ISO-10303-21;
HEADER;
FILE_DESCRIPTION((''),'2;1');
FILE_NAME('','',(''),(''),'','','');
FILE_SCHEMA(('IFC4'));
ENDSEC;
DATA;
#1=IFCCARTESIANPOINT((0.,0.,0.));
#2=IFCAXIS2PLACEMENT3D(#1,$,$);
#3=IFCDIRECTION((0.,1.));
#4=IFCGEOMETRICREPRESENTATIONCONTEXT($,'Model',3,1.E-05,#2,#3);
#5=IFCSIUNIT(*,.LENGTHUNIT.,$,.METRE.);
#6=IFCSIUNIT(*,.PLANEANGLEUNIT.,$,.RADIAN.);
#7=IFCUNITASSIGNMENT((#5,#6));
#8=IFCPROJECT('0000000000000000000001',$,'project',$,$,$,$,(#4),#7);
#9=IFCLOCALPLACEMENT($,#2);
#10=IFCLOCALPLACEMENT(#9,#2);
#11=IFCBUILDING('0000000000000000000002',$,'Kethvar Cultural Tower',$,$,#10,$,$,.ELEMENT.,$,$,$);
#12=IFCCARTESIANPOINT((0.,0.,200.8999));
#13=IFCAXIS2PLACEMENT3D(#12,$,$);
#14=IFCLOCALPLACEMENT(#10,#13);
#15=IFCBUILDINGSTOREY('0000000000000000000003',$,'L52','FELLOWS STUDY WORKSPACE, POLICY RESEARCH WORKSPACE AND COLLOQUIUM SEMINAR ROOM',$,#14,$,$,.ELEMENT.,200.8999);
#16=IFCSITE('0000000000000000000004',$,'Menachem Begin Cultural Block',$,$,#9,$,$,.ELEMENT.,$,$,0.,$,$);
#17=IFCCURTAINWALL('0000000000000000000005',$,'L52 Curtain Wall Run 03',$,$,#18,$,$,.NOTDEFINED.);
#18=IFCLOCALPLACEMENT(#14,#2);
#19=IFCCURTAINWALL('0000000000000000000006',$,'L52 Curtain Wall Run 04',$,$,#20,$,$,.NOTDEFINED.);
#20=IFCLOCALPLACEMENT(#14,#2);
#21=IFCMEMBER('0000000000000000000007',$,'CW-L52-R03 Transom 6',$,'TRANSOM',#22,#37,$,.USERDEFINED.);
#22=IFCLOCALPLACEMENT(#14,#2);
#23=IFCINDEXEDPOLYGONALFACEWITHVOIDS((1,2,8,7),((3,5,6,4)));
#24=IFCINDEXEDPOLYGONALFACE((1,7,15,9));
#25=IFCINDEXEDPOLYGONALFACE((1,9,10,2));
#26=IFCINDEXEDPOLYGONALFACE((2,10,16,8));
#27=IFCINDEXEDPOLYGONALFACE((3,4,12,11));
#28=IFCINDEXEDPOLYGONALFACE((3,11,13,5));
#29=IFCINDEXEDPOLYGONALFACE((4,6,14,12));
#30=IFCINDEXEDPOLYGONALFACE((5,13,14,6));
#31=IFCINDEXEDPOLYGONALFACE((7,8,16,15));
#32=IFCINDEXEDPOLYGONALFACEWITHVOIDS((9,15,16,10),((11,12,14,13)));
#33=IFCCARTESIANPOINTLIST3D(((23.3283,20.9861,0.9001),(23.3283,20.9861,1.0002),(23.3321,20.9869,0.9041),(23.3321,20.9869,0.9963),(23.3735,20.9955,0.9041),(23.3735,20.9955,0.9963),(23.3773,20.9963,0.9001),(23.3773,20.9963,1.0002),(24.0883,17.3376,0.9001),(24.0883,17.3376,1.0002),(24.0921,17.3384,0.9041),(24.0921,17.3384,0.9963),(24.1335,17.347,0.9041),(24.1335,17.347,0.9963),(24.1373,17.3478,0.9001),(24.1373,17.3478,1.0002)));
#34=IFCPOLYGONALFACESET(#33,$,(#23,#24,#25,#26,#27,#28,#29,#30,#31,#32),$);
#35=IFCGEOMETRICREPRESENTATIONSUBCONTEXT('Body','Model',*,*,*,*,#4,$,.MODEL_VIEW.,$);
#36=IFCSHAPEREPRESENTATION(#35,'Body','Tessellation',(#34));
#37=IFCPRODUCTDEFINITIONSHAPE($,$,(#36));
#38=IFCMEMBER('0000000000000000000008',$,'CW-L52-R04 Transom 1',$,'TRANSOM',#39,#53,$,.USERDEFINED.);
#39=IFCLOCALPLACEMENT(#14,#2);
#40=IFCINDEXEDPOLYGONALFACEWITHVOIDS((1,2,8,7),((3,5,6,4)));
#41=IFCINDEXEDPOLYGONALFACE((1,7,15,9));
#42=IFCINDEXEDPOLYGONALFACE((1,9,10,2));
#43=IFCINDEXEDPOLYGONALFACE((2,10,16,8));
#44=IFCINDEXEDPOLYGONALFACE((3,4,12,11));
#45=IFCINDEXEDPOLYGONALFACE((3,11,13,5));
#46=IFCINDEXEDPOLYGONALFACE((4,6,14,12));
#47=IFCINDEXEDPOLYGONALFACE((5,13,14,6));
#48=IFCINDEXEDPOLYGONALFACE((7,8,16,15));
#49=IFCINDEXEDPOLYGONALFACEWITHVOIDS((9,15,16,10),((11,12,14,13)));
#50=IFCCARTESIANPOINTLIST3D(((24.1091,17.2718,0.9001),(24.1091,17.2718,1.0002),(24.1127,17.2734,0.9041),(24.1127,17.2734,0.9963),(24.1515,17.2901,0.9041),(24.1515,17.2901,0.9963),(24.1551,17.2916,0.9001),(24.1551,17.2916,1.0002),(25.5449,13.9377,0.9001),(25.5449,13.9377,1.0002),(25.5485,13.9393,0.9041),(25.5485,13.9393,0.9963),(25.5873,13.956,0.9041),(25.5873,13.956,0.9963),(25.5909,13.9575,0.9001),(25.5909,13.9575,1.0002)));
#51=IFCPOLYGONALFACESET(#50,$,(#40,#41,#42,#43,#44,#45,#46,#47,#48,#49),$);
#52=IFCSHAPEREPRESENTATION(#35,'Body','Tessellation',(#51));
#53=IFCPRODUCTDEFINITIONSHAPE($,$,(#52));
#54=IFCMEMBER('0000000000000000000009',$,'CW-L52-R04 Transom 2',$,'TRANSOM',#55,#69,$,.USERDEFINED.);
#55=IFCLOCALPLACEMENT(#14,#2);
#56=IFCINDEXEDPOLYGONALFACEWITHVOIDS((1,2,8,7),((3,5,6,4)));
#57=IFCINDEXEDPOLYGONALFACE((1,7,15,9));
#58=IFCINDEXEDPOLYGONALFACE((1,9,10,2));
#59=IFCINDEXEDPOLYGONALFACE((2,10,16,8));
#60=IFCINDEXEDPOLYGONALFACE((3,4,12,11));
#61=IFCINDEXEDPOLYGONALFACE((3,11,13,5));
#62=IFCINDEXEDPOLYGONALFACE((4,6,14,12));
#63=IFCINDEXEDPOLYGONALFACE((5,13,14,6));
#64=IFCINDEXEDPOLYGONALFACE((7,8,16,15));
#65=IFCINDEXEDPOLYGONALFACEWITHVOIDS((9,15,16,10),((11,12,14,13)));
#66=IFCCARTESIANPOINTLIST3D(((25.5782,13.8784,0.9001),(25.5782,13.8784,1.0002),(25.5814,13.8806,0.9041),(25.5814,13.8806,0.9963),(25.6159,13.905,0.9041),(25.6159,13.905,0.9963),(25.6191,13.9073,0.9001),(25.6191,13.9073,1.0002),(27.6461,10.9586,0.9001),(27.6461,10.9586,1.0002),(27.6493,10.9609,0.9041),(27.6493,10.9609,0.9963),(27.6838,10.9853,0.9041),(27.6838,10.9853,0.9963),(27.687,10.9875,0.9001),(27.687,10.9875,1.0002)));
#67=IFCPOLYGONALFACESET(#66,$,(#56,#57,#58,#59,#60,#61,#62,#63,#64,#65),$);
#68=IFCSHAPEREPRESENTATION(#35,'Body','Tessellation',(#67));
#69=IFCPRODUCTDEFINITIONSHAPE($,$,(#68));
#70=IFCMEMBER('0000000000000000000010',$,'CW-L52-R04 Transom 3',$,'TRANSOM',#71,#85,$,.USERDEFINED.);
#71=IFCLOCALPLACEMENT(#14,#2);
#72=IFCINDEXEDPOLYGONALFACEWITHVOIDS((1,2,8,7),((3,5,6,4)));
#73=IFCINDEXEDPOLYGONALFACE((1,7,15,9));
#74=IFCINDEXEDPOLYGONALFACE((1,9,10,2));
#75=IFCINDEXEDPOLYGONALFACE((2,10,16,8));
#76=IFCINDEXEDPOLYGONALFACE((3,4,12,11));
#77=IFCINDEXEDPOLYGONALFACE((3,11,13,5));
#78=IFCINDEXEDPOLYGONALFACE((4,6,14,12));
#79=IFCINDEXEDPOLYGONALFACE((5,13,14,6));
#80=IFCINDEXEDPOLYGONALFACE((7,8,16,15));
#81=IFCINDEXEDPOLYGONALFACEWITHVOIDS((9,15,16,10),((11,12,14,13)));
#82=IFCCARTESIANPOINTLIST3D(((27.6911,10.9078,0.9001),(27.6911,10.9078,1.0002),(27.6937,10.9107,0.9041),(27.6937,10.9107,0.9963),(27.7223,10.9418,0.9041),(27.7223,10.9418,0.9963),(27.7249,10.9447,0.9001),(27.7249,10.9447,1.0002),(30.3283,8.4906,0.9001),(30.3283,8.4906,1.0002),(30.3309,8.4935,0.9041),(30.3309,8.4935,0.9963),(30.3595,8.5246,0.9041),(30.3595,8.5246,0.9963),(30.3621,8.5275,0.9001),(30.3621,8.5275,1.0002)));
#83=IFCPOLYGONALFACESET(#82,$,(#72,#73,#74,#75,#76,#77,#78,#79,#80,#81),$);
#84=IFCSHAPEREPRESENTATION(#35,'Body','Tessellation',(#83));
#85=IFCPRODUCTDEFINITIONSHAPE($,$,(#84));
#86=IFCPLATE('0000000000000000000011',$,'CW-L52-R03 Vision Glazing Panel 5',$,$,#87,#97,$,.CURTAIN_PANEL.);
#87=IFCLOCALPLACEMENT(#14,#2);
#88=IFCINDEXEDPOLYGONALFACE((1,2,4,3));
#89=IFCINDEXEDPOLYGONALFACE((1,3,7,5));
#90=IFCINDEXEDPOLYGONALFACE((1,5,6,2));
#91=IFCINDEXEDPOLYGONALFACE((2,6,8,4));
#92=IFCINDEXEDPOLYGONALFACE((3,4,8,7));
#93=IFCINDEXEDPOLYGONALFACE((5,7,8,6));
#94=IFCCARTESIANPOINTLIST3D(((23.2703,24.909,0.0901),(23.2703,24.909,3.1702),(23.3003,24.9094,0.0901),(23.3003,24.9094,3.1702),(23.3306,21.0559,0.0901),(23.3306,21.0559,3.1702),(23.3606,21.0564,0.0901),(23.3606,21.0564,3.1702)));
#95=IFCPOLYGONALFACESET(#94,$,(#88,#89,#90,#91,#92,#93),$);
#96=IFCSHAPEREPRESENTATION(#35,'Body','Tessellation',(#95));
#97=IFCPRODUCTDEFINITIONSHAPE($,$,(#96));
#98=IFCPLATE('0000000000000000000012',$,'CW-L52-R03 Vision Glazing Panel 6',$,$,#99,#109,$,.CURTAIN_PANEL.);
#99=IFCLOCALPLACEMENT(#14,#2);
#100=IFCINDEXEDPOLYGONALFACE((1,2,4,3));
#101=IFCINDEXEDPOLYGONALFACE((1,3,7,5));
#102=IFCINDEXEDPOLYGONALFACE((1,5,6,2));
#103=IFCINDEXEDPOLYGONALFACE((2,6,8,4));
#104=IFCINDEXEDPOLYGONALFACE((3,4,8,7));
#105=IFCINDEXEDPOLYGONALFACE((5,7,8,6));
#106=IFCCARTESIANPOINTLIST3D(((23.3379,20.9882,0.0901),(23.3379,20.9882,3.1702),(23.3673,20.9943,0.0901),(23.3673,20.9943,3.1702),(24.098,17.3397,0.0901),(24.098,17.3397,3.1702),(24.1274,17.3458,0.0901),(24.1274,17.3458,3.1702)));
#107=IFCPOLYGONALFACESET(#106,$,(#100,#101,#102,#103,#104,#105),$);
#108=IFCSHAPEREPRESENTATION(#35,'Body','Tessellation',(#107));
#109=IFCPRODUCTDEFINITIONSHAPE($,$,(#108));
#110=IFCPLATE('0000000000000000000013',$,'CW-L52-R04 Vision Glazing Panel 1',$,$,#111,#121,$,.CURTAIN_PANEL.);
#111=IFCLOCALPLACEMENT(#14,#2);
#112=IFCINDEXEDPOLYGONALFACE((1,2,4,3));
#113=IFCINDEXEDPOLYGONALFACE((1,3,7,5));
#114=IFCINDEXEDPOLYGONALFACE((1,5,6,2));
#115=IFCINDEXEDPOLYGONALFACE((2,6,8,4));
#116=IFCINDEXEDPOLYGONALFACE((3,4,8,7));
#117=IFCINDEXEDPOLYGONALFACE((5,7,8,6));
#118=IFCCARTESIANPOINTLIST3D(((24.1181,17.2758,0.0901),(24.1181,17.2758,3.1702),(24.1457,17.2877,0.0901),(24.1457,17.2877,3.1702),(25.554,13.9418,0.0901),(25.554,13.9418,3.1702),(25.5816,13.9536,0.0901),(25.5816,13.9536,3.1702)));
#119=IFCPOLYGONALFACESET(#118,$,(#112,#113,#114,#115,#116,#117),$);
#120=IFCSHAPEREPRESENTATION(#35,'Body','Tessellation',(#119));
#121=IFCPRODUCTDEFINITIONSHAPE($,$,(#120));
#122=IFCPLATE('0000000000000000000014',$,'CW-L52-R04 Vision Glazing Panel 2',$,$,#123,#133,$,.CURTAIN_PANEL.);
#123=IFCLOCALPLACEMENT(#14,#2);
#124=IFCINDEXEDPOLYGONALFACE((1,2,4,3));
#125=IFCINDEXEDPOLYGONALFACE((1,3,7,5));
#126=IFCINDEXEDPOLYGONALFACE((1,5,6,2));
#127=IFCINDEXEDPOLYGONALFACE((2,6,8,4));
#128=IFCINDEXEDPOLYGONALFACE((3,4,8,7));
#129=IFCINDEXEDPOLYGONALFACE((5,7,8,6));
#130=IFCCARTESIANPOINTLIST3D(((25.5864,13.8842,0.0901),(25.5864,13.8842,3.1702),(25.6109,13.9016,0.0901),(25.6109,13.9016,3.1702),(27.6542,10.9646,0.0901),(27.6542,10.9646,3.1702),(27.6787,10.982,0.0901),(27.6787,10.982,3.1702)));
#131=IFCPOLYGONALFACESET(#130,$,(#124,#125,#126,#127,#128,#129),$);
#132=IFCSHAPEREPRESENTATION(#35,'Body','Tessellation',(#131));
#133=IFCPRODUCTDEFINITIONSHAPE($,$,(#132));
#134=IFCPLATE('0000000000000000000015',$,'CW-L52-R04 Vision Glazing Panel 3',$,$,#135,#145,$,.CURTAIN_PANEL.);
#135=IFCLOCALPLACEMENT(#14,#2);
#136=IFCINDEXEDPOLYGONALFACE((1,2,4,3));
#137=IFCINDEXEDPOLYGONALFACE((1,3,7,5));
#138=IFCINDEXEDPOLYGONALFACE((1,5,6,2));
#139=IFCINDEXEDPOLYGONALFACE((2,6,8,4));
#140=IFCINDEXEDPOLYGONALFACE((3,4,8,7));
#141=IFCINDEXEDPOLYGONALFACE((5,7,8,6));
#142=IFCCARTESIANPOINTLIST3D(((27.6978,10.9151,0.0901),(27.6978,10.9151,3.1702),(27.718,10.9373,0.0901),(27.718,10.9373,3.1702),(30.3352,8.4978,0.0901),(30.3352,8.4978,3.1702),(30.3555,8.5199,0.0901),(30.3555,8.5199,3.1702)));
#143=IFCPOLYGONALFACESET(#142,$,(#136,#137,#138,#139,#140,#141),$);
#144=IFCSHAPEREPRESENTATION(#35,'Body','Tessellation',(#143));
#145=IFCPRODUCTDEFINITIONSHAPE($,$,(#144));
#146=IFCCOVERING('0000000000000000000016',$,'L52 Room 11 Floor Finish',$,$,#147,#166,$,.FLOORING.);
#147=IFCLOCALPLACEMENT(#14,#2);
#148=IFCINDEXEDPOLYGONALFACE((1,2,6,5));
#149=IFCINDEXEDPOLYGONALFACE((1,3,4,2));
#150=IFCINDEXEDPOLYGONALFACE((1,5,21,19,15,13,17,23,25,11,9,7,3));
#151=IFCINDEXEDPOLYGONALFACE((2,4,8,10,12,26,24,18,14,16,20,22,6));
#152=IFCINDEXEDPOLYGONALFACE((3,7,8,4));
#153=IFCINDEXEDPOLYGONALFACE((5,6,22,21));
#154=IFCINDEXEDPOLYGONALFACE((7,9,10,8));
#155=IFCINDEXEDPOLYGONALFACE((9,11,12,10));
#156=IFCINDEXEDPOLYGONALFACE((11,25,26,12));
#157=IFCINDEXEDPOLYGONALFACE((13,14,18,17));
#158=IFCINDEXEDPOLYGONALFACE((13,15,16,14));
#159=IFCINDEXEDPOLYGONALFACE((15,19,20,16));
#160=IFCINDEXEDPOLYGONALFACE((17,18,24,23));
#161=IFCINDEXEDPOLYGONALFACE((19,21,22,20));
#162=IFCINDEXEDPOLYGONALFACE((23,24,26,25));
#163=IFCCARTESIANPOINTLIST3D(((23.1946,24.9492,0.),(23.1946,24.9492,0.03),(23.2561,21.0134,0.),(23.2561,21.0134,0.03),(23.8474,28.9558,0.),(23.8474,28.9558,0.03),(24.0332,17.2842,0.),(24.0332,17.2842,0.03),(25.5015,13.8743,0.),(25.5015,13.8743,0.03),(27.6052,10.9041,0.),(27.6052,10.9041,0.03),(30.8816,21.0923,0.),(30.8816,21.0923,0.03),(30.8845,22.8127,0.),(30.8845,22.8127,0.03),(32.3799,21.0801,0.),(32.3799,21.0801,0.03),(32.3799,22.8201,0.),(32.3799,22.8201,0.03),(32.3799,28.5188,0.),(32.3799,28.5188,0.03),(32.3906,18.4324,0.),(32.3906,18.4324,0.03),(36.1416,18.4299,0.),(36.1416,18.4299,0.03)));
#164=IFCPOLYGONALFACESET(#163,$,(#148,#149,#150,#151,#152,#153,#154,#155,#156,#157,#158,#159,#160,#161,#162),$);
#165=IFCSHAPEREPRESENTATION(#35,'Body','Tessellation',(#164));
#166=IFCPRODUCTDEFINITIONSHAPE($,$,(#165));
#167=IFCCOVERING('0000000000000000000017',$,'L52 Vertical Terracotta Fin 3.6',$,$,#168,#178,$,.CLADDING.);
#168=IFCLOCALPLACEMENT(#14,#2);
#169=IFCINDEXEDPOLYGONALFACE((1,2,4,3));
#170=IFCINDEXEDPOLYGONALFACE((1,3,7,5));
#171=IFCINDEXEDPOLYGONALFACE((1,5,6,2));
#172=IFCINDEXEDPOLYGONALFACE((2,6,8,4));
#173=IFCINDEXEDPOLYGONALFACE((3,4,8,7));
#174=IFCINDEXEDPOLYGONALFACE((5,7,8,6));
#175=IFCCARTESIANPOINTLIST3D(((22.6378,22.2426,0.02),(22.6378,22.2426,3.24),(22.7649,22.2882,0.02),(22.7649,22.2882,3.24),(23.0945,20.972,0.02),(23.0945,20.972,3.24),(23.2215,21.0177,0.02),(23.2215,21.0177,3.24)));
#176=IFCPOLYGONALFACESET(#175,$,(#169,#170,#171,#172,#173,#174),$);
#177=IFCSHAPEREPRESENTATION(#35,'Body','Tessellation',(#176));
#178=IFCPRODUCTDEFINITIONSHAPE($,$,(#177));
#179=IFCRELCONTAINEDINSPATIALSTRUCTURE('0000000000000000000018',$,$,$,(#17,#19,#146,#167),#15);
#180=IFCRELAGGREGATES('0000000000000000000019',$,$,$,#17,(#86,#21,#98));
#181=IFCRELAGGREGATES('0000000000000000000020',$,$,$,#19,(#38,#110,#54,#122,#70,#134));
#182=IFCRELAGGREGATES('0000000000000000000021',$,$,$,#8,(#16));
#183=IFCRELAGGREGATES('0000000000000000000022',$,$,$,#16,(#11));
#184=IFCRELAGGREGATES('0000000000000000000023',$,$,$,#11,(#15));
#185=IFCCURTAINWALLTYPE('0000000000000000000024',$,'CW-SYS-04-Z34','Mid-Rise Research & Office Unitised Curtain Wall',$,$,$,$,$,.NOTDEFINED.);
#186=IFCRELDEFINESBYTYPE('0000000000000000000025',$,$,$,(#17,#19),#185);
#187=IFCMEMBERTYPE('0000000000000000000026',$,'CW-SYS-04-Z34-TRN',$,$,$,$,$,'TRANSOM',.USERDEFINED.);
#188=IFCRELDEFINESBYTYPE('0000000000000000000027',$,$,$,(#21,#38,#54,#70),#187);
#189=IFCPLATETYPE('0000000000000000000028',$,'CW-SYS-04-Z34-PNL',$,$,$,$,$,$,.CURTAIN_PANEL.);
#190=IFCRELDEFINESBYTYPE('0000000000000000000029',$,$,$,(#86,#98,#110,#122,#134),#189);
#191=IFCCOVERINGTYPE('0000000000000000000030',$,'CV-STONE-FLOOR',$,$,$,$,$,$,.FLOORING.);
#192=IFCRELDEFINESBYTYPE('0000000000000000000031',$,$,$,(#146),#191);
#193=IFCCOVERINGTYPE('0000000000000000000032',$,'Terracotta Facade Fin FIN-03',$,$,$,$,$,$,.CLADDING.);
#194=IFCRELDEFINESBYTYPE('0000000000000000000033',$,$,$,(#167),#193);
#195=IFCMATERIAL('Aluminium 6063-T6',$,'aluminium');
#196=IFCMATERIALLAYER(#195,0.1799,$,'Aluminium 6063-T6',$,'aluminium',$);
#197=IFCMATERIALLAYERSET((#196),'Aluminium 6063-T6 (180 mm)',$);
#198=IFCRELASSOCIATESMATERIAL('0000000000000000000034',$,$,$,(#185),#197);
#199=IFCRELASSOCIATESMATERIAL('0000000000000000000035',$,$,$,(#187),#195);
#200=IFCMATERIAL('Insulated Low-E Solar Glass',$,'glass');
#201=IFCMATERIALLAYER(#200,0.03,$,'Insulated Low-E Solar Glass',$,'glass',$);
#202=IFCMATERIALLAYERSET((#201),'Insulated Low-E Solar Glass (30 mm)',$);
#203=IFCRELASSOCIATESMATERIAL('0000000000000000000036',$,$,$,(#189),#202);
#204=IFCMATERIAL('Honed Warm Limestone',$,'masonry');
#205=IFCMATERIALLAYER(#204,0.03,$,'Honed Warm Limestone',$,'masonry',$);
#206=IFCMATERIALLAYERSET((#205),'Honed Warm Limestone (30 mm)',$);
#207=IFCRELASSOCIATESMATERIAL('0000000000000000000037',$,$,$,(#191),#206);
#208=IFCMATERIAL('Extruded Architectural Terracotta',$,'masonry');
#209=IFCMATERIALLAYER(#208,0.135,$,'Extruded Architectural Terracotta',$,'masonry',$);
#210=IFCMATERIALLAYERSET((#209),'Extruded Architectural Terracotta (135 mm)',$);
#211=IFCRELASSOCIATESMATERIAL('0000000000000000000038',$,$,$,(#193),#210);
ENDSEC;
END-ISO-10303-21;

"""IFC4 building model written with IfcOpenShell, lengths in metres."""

from ifc_helpers import new_model, si_unit, direction, frame, origin, origin_2d, place, context, subcontext, project, spatial, polyline, rectangle, hollow_rectangle, outline, extrude, source, transform, mapped, material, layer, layer_set, material_profile, profile_set, type_object, element, aggregate, save


model = new_model("IFC4")

# Units and contexts
model_context = context("Model", 3, precision=1e-05, world=origin(), true_north=direction((0.0, 1.0)))
body_context = subcontext(model_context, "Body", "Model", "MODEL_VIEW")
ifc_project = project(units=[si_unit("LENGTHUNIT", "METRE"), si_unit("PLANEANGLEUNIT", "RADIAN")], contexts=[model_context])

# Site, building, storey
site_placement = place(None, origin())
site = spatial("IfcSite", under=ifc_project, at=site_placement, Name="Menachem Begin Cultural Block", CompositionType="ELEMENT", RefElevation=0.0)
building_placement = place(site_placement, origin())
building = spatial("IfcBuilding", under=site, at=building_placement, Name="Kethvar Cultural Tower", CompositionType="ELEMENT")
storey_placement = place(building_placement, frame((0.0, 0.0, 200.8999)))
storey = spatial("IfcBuildingStorey", under=building, at=storey_placement, Name="L52", Description="FELLOWS STUDY WORKSPACE, POLICY RESEARCH WORKSPACE AND COLLOQUIUM SEMINAR ROOM", CompositionType="ELEMENT", Elevation=200.8999)

# Curtain walls
ifc_material_1 = material(Name="Aluminium 6063-T6", Category="aluminium")
ifc_layer_1 = layer(ifc_material_1, 0.1799, Name="Aluminium 6063-T6", Category="aluminium")
ifc_layer_set_1 = layer_set([ifc_layer_1], Name="Aluminium 6063-T6 (180 mm)")
curtain_wall_type = type_object("IfcCurtainWallType", Name="CW-SYS-04-Z34", Description="Mid-Rise Research & Office Unitised Curtain Wall", PredefinedType="NOTDEFINED", material=ifc_layer_set_1)
curtain_wall_1_placement = place(storey_placement, origin())
curtain_wall_1 = element("IfcCurtainWall", 1, at=curtain_wall_1_placement, inside=storey, type_object=curtain_wall_type, Name="L52 Curtain Wall Run 03", PredefinedType="NOTDEFINED")
curtain_wall_2_placement = place(storey_placement, origin())
curtain_wall_2 = element("IfcCurtainWall", 2, at=curtain_wall_2_placement, inside=storey, type_object=curtain_wall_type, Name="L52 Curtain Wall Run 04", PredefinedType="NOTDEFINED")

# Members
ifc_material_profile_1 = material_profile(ifc_material_1, hollow_rectangle(XDim=0.05, YDim=0.1001, WallThickness=0.0039, at=origin_2d()), Name="Aluminium 6063-T6 — RHS100x50x4")
ifc_profile_set_1 = profile_set([ifc_material_profile_1], Name="Aluminium 6063-T6 — RHS100x50x4")
member_type_1 = type_object("IfcMemberType", Name="CW-SYS-04-Z34-TRN", ElementType="TRANSOM", PredefinedType="USERDEFINED", material=ifc_profile_set_1)
shared_shape_1 = source(origin(), body_context, "Body", "SweptSolid", [
    extrude(hollow_rectangle(XDim=0.05, YDim=0.1001, WallThickness=0.0039, at=origin_2d()), origin(), (0.0, 0.0, 1.0), 3.7268),
])
member_1_placement = place(storey_placement, frame((23.3528, 20.9912, 0.9502), z_axis=(0.203933, -0.978985, 0.0), x_axis=(0.978985, 0.203933, 0.0)))
member_1 = element("IfcMember", 3, at=member_1_placement, type_object=member_type_1, Name="CW-L52-R03 Transom 6", ObjectType="TRANSOM", PredefinedType="USERDEFINED", context=body_context, shape_type="MappedRepresentation", body=[
    mapped(shared_shape_1, transform((0.0, 0.0, 0.0), scale=1.0)),
])
shared_shape_2 = source(origin(), body_context, "Body", "SweptSolid", [
    extrude(hollow_rectangle(XDim=0.05, YDim=0.1001, WallThickness=0.0039, at=origin_2d()), origin(), (0.0, 0.0, 1.0), 3.6301),
])
member_2_placement = place(storey_placement, frame((24.1321, 17.2817, 0.9502), z_axis=(0.395534, -0.918451, 0.0), x_axis=(0.918451, 0.395534, 0.0)))
member_2 = element("IfcMember", 4, at=member_2_placement, type_object=member_type_1, Name="CW-L52-R04 Transom 1", ObjectType="TRANSOM", PredefinedType="USERDEFINED", context=body_context, shape_type="MappedRepresentation", body=[
    mapped(shared_shape_2, transform((0.0, 0.0, 0.0), scale=1.0)),
])
shared_shape_3 = source(origin(), body_context, "Body", "SweptSolid", [
    extrude(hollow_rectangle(XDim=0.05, YDim=0.1001, WallThickness=0.0039, at=origin_2d()), origin(), (0.0, 0.0, 1.0), 3.5779),
])
member_3_placement = place(storey_placement, frame((25.5986, 13.8928, 0.9502), z_axis=(0.577974, -0.816055, 0.0), x_axis=(0.816055, 0.577974, 0.0)))
member_3 = element("IfcMember", 5, at=member_3_placement, type_object=member_type_1, Name="CW-L52-R04 Transom 2", ObjectType="TRANSOM", PredefinedType="USERDEFINED", context=body_context, shape_type="MappedRepresentation", body=[
    mapped(shared_shape_3, transform((0.0, 0.0, 0.0), scale=1.0)),
])
shared_shape_4 = source(origin(), body_context, "Body", "SweptSolid", [
    extrude(hollow_rectangle(XDim=0.05, YDim=0.1001, WallThickness=0.0039, at=origin_2d()), origin(), (0.0, 0.0, 1.0), 3.5774),
])
member_4_placement = place(storey_placement, frame((27.708, 10.9263, 0.9502), z_axis=(0.737182, -0.675694, 0.0), x_axis=(0.675694, 0.737182, 0.0)))
member_4 = element("IfcMember", 6, at=member_4_placement, type_object=member_type_1, Name="CW-L52-R04 Transom 3", ObjectType="TRANSOM", PredefinedType="USERDEFINED", context=body_context, shape_type="MappedRepresentation", body=[
    mapped(shared_shape_4, transform((0.0, 0.0, 0.0), scale=1.0)),
])

# Plates
ifc_material_2 = material(Name="Insulated Low-E Solar Glass", Category="glass")
ifc_layer_2 = layer(ifc_material_2, 0.03, Name="Insulated Low-E Solar Glass", Category="glass")
ifc_layer_set_2 = layer_set([ifc_layer_2], Name="Insulated Low-E Solar Glass (30 mm)")
plate_type = type_object("IfcPlateType", Name="CW-SYS-04-Z34-PNL", PredefinedType="CURTAIN_PANEL", material=ifc_layer_set_2)
shared_shape_5 = source(origin(), body_context, "Body", "SweptSolid", [
    extrude(rectangle(XDim=3.8535, YDim=0.03, at=origin_2d()), origin(), (0.0, 0.0, 1.0), 3.0801),
])
plate_1_placement = place(storey_placement, frame((23.3154, 22.9827, 0.0901), z_axis=(0.0, 0.0, 1.0), x_axis=(0.015655, -0.999877, 0.0)))
plate_1 = element("IfcPlate", 7, at=plate_1_placement, type_object=plate_type, Name="CW-L52-R03 Vision Glazing Panel 5", PredefinedType="CURTAIN_PANEL", context=body_context, shape_type="MappedRepresentation", body=[
    mapped(shared_shape_5, transform((0.0, 0.0, 0.0), scale=1.0)),
])
shared_shape_6 = source(origin(), body_context, "Body", "SweptSolid", [
    extrude(rectangle(XDim=3.7268, YDim=0.03, at=origin_2d()), origin(), (0.0, 0.0, 1.0), 3.0801),
])
plate_2_placement = place(storey_placement, frame((23.7327, 19.167, 0.0901), z_axis=(0.0, 0.0, 1.0), x_axis=(0.203949, -0.978981, 0.0)))
plate_2 = element("IfcPlate", 8, at=plate_2_placement, type_object=plate_type, Name="CW-L52-R03 Vision Glazing Panel 6", PredefinedType="CURTAIN_PANEL", context=body_context, shape_type="MappedRepresentation", body=[
    mapped(shared_shape_6, transform((0.0, 0.0, 0.0), scale=1.0)),
])
aggregate(curtain_wall_1, [plate_1, member_1, plate_2])
shared_shape_7 = source(origin(), body_context, "Body", "SweptSolid", [
    extrude(rectangle(XDim=3.6301, YDim=0.03, at=origin_2d()), origin(), (0.0, 0.0, 1.0), 3.0801),
])
plate_3_placement = place(storey_placement, frame((24.8499, 15.6147, 0.0901), z_axis=(0.0, 0.0, 1.0), x_axis=(0.395546, -0.918446, 0.0)))
plate_3 = element("IfcPlate", 9, at=plate_3_placement, type_object=plate_type, Name="CW-L52-R04 Vision Glazing Panel 1", PredefinedType="CURTAIN_PANEL", context=body_context, shape_type="MappedRepresentation", body=[
    mapped(shared_shape_7, transform((0.0, 0.0, 0.0), scale=1.0)),
])
shared_shape_8 = source(origin(), body_context, "Body", "SweptSolid", [
    extrude(rectangle(XDim=3.5776, YDim=0.03, at=origin_2d()), origin(), (0.0, 0.0, 1.0), 3.0801),
])
plate_4_placement = place(storey_placement, frame((26.6326, 12.4331, 0.0901), z_axis=(0.0, 0.0, 1.0), x_axis=(0.577972, -0.816057, 0.0)))
plate_4 = element("IfcPlate", 10, at=plate_4_placement, type_object=plate_type, Name="CW-L52-R04 Vision Glazing Panel 2", PredefinedType="CURTAIN_PANEL", context=body_context, shape_type="MappedRepresentation", body=[
    mapped(shared_shape_8, transform((0.0, 0.0, 0.0), scale=1.0)),
])
plate_5_placement = place(storey_placement, frame((29.0266, 9.7175, 0.0901), z_axis=(0.0, 0.0, 1.0), x_axis=(0.737195, -0.67568, 0.0)))
plate_5 = element("IfcPlate", 11, at=plate_5_placement, type_object=plate_type, Name="CW-L52-R04 Vision Glazing Panel 3", PredefinedType="CURTAIN_PANEL", context=body_context, shape_type="MappedRepresentation", body=[
    mapped(shared_shape_8, transform((0.0, 0.0, 0.0), scale=1.0)),
])
aggregate(curtain_wall_2, [member_2, plate_3, member_3, plate_4, member_4, plate_5])

# Coverings
ifc_material_3 = material(Name="Honed Warm Limestone", Category="masonry")
ifc_layer_3 = layer(ifc_material_3, 0.03, Name="Honed Warm Limestone", Category="masonry")
ifc_layer_set_3 = layer_set([ifc_layer_3], Name="Honed Warm Limestone (30 mm)")
covering_type_1 = type_object("IfcCoveringType", Name="CV-STONE-FLOOR", PredefinedType="FLOORING", material=ifc_layer_set_3)
covering_placement = place(storey_placement, origin())
element("IfcCovering", 12, at=covering_placement, inside=storey, type_object=covering_type_1, Name="L52 Room 11 Floor Finish", PredefinedType="FLOORING", context=body_context, shape_type="SweptSolid", body=[
    extrude(outline(polyline([(25.5015, 13.8743), (24.0332, 17.2842), (23.2561, 21.0134), (23.1946, 24.9492), (23.8474, 28.9558), (32.3799, 28.5188), (32.3799, 22.8201), (30.8845, 22.8127), (30.8816, 21.0923), (32.3799, 21.0801), (32.3906, 18.4324), (36.1416, 18.4299), (27.6052, 10.9041), (25.5015, 13.8743)])), origin(), (0.0, 0.0, 1.0), 0.03),
])
ifc_material_4 = material(Name="Extruded Architectural Terracotta", Category="masonry")
ifc_layer_4 = layer(ifc_material_4, 0.135, Name="Extruded Architectural Terracotta", Category="masonry")
ifc_layer_set_4 = layer_set([ifc_layer_4], Name="Extruded Architectural Terracotta (135 mm)")
covering_type_2 = type_object("IfcCoveringType", Name="Terracotta Facade Fin FIN-03", PredefinedType="CLADDING", material=ifc_layer_set_4)
shared_shape_9 = source(origin(), body_context, "Body", "SweptSolid", [
    extrude(rectangle(XDim=1.3501, YDim=0.135, at=origin_2d()), origin(), (0.0, 0.0, 1.0), 3.22),
])
for number, where, z_axis, x_axis, name in (
    (13, (22.9297, 21.6301, 0.02), (0.0, 0.0, 1.0), (-0.338245, 0.941058, 0.0), "L52 Vertical Terracotta Fin 3.6"),
):
    element("IfcCovering", number, at=place(storey_placement, frame(where, z_axis=z_axis, x_axis=x_axis)), inside=storey, type_object=covering_type_2, Name=name, PredefinedType="CLADDING", context=body_context, shape_type="MappedRepresentation", body=[
        mapped(shared_shape_9, transform((0.0, 0.0, 0.0), scale=1.0)),
    ])

save(model, "model.ifc")
